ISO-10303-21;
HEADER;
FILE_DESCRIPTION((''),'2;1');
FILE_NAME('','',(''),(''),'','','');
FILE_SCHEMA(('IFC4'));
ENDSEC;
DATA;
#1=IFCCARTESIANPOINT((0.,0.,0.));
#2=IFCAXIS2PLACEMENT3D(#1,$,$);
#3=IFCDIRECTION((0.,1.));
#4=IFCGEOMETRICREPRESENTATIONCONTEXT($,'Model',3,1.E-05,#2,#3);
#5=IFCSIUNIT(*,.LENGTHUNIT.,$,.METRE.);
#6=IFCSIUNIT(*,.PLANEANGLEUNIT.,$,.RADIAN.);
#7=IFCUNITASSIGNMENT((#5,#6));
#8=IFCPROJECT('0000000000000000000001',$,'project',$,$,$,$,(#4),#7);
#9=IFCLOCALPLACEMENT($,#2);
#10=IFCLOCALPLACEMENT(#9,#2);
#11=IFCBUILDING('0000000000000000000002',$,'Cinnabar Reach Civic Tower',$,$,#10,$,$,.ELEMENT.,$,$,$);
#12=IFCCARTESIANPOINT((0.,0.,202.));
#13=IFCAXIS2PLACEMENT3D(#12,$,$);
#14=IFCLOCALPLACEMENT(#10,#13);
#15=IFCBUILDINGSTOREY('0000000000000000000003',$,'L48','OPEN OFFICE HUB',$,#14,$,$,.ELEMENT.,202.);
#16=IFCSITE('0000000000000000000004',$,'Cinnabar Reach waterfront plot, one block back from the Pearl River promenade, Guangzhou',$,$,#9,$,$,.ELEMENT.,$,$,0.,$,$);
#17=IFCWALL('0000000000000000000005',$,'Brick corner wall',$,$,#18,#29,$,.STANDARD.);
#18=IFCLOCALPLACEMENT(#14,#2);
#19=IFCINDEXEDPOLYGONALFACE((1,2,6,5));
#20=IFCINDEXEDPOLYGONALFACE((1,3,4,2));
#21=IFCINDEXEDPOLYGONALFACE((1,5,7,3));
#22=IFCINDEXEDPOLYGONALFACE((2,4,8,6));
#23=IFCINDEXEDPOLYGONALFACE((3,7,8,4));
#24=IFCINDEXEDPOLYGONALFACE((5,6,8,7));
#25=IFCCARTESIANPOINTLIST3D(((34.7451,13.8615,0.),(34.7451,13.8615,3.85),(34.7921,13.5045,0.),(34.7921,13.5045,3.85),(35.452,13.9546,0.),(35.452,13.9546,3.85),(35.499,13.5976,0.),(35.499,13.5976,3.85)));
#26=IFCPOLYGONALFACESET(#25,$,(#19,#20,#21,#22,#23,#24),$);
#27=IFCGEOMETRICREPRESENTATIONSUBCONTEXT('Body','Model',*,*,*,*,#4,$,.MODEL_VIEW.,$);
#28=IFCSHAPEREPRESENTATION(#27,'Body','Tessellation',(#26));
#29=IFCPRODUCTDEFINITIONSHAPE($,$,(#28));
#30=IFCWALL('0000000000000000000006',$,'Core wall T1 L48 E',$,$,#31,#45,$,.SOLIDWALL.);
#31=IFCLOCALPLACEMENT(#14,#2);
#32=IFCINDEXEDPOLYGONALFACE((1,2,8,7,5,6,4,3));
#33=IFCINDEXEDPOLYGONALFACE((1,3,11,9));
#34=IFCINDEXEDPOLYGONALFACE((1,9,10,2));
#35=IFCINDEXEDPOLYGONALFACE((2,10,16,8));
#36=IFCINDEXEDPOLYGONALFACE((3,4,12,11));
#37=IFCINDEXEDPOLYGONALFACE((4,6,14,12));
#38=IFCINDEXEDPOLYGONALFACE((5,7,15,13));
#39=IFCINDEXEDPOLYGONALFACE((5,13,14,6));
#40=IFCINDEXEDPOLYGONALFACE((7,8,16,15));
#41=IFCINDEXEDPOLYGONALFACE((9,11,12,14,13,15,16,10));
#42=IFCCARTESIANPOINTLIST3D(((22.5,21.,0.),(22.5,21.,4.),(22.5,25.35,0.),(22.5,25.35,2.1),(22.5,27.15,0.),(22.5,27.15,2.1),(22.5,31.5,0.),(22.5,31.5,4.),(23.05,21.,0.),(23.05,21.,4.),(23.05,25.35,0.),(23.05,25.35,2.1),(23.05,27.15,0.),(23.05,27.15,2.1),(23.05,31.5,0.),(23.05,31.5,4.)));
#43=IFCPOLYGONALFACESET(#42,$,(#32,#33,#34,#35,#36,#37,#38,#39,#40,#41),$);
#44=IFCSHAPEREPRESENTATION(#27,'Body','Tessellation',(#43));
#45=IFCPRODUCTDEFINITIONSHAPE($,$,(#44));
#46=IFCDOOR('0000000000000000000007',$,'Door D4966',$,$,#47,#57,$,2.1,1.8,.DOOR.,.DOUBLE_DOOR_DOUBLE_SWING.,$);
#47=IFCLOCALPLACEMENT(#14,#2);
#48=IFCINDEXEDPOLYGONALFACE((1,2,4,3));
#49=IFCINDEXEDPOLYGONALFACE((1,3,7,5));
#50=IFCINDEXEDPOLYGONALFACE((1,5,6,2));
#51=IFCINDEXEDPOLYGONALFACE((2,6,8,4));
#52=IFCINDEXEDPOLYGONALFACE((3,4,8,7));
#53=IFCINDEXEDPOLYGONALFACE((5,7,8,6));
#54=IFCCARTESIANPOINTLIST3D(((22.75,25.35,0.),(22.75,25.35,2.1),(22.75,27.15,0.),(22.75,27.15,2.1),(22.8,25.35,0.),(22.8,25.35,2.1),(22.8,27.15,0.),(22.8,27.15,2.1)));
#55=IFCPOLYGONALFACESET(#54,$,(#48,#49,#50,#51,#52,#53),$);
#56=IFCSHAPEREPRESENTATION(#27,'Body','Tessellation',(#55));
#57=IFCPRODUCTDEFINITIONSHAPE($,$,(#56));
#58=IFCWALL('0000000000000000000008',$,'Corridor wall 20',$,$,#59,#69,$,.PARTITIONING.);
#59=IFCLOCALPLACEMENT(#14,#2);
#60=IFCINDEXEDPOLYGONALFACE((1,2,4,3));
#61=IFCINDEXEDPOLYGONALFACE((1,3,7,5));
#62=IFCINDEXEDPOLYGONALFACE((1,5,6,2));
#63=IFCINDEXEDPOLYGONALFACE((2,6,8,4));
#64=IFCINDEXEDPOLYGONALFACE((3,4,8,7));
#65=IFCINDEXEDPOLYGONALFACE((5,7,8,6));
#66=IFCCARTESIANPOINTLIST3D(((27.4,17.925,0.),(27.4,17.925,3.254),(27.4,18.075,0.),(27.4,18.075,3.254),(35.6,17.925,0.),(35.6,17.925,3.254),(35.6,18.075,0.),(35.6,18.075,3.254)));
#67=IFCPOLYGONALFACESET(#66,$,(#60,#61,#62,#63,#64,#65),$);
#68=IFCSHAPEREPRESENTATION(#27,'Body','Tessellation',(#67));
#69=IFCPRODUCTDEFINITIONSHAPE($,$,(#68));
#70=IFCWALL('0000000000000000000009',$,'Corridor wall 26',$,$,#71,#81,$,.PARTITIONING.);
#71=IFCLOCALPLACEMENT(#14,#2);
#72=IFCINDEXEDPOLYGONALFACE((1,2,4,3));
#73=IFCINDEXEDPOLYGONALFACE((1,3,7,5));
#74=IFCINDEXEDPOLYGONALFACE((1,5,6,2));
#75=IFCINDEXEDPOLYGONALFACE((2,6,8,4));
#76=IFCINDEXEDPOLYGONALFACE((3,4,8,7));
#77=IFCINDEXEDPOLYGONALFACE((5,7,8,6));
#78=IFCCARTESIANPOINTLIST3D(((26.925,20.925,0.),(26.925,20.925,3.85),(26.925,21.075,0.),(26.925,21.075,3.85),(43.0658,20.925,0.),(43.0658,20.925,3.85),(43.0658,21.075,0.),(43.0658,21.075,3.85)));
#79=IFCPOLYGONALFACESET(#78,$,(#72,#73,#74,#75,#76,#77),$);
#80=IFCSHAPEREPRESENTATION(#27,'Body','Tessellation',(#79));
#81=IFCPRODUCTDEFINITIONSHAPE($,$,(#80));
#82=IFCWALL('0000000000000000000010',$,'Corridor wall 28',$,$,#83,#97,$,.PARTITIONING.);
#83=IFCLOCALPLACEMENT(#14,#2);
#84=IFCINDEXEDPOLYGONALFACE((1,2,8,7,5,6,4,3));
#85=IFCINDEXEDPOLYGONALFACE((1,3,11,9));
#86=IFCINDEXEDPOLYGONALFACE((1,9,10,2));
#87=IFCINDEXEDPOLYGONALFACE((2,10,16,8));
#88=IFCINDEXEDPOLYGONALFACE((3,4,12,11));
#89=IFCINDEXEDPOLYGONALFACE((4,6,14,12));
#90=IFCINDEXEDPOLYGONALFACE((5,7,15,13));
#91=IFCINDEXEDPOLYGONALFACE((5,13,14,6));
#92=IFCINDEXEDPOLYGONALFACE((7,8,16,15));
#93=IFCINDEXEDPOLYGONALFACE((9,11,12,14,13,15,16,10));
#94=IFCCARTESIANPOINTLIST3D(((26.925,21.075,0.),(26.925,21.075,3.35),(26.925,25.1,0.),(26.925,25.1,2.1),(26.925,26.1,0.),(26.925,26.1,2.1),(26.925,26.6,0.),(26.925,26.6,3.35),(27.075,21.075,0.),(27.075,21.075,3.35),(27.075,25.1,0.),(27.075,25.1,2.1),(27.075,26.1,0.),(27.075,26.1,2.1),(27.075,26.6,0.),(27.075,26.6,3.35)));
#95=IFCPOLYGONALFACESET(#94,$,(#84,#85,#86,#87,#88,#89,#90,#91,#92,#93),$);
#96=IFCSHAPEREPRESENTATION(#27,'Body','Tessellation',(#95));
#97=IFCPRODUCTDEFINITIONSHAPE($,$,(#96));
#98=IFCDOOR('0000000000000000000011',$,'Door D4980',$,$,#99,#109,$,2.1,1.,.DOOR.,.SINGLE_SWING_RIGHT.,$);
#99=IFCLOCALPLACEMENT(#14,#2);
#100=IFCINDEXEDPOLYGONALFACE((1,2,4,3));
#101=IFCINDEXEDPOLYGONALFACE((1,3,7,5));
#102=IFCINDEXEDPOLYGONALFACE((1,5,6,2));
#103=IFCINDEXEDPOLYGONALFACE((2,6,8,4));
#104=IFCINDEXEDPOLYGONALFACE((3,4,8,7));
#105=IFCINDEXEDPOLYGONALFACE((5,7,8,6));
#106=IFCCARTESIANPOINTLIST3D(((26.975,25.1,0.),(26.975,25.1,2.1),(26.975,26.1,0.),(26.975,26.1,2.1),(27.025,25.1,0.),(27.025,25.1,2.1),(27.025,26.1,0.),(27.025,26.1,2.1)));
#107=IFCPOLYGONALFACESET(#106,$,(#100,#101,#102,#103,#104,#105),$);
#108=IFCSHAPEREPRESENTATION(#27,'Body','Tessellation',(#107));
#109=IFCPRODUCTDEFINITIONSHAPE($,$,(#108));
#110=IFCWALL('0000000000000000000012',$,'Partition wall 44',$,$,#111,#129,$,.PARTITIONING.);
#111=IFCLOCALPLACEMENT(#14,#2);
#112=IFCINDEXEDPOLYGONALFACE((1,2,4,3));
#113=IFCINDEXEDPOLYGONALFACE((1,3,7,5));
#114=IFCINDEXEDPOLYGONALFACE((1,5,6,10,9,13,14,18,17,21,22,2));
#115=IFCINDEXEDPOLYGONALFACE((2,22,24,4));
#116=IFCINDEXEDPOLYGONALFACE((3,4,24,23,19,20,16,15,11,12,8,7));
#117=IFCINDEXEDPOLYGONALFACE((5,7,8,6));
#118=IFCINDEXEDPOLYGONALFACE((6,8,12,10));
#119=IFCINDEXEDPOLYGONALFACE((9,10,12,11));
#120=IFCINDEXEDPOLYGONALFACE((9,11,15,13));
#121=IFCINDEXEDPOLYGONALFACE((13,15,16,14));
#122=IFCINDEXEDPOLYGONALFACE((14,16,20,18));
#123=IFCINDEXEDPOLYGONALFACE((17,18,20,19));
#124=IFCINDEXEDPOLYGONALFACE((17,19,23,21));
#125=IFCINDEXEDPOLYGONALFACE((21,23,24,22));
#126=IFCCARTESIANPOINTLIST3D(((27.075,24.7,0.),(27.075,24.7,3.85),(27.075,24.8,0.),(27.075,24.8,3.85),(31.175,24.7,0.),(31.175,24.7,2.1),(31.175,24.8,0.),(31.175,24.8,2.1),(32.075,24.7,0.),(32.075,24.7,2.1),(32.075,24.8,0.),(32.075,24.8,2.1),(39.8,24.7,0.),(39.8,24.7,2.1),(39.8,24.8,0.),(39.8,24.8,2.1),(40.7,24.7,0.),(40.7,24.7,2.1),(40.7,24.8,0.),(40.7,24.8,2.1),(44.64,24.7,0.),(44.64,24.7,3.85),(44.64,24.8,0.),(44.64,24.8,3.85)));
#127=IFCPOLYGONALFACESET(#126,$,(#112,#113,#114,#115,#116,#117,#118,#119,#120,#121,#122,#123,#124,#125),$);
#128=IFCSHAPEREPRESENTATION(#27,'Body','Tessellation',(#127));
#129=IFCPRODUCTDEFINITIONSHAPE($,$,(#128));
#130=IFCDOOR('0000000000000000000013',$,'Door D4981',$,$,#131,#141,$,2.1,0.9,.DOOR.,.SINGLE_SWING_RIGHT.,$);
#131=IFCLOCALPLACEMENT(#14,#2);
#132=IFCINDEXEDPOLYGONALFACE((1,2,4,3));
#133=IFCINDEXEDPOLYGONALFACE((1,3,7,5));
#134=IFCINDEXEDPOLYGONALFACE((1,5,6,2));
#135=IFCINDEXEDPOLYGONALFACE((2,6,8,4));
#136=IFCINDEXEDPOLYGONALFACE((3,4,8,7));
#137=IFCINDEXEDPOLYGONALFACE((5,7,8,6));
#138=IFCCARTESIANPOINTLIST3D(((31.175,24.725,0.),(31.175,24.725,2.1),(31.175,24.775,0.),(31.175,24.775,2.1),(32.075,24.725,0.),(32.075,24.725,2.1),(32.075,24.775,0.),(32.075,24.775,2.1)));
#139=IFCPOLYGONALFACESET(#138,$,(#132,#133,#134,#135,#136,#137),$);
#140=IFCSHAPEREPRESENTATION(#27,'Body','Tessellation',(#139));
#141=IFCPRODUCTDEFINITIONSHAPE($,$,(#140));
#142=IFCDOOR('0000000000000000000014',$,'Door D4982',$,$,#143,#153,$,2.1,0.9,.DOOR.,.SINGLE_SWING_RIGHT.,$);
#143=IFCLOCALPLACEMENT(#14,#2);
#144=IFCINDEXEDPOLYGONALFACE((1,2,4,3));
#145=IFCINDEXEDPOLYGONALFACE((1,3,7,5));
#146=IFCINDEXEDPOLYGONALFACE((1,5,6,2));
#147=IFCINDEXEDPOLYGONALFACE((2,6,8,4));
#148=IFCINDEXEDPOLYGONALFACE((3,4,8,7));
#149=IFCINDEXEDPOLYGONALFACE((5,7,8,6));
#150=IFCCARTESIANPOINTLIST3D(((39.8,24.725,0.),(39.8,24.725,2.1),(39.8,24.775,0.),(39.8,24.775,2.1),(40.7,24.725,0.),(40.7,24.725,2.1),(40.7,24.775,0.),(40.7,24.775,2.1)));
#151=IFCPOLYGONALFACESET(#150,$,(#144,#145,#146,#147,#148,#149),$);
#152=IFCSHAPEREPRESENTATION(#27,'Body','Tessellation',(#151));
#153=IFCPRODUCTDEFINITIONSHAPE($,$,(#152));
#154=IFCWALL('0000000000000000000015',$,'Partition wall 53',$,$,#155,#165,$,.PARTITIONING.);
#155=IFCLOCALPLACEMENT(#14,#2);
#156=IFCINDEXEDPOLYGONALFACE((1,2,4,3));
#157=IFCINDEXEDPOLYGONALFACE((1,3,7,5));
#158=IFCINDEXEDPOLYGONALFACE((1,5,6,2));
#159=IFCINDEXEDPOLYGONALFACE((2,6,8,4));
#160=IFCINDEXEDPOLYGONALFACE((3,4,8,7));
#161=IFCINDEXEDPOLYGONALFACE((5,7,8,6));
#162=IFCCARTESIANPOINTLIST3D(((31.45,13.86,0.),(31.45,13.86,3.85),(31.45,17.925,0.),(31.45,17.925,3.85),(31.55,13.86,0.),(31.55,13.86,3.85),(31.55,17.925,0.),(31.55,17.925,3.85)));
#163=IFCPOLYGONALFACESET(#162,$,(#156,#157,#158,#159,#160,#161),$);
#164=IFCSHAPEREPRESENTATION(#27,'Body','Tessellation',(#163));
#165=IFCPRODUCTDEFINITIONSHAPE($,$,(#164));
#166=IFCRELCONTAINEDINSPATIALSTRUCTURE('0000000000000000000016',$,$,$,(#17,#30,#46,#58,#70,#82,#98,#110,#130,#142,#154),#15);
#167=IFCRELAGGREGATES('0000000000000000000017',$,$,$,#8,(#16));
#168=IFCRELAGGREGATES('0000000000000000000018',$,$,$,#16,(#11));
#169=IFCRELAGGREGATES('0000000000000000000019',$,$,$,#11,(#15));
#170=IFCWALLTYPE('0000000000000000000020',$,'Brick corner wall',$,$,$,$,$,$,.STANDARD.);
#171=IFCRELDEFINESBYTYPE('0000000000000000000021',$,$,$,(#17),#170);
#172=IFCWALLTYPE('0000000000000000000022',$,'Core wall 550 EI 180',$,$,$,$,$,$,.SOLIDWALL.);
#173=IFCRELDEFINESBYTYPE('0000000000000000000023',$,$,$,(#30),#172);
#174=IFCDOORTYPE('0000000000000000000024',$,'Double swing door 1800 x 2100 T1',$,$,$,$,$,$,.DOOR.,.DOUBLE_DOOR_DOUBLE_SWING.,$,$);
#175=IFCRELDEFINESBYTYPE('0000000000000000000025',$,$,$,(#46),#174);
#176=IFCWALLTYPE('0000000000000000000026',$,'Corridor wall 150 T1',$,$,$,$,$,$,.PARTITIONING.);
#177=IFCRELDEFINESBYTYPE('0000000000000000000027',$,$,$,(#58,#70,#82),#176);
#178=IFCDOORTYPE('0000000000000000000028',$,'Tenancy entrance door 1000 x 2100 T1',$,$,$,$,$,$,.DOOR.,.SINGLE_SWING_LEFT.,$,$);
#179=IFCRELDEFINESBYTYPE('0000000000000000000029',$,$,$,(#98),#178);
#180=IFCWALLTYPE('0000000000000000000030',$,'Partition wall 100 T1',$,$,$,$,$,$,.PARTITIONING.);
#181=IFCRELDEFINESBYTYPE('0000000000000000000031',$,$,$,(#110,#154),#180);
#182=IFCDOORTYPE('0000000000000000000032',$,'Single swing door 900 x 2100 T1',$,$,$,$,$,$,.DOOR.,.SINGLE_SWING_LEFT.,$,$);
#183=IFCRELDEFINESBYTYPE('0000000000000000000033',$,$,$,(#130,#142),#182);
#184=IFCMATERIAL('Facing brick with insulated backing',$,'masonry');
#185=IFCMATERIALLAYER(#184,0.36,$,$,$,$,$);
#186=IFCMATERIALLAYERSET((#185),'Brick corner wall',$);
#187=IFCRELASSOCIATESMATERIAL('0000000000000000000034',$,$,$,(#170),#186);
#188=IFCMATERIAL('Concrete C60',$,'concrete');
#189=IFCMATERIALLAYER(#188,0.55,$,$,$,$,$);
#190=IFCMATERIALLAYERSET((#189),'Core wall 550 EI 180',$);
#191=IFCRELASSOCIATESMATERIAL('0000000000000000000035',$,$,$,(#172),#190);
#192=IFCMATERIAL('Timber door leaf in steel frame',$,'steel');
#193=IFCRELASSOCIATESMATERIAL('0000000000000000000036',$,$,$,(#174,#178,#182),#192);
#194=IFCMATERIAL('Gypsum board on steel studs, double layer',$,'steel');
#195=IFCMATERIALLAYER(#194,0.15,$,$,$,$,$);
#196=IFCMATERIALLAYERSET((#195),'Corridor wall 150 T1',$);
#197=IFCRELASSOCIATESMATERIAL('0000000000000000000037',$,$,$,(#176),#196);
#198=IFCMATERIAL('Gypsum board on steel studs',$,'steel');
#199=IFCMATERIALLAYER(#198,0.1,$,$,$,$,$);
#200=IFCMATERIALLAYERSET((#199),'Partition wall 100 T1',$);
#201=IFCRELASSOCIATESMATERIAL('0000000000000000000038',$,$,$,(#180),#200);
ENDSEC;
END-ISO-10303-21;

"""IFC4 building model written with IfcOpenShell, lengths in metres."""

from ifc_helpers import new_model, si_unit, direction, frame, frame_2d, origin, place, context, subcontext, project, spatial, rectangle, extrude, material, layer, layer_set, type_object, element, fill, save


model = new_model("IFC4")

# Units and contexts
model_context = context("Model", 3, precision=1e-05, world=origin(), true_north=direction((0.0, 1.0)))
body_context = subcontext(model_context, "Body", "Model", "MODEL_VIEW")
ifc_project = project(units=[si_unit("LENGTHUNIT", "METRE"), si_unit("PLANEANGLEUNIT", "RADIAN")], contexts=[model_context])

# Site, building, storey
site_placement = place(None, origin())
site = spatial("IfcSite", under=ifc_project, at=site_placement, Name="Cinnabar Reach waterfront plot, one block back from the Pearl River promenade, Guangzhou", CompositionType="ELEMENT", RefElevation=0.0)
building_placement = place(site_placement, origin())
building = spatial("IfcBuilding", under=site, at=building_placement, Name="Cinnabar Reach Civic Tower", CompositionType="ELEMENT")
storey_placement = place(building_placement, frame((0.0, 0.0, 202.0)))
storey = spatial("IfcBuildingStorey", under=building, at=storey_placement, Name="L48", Description="OPEN OFFICE HUB", CompositionType="ELEMENT", Elevation=202.0)

# Shared definitions
ifc_material_1 = material(Name="Concrete C60", Category="concrete")

# Wall
ifc_material_2 = material(Name="Facing brick with insulated backing", Category="masonry")
ifc_layer_1 = layer(ifc_material_2, 0.36)
ifc_layer_set_1 = layer_set([ifc_layer_1], Name="Brick corner wall")
wall_type_1 = type_object("IfcWallType", Name="Brick corner wall", PredefinedType="STANDARD", material=ifc_layer_set_1)
wall_1_placement = place(storey_placement, frame((34.7686, 13.683, 0.0), z_axis=(0.0, 0.0, 1.0), x_axis=(0.991441, 0.130556, 0.0)))
element("IfcWall", 1, at=wall_1_placement, inside=storey, type_object=wall_type_1, Name="Brick corner wall", PredefinedType="STANDARD", context=body_context, shape_type="SweptSolid", body=[
    extrude(rectangle(XDim=0.7131, YDim=0.36, at=frame_2d((0.3565, 0.0))), origin(), (0.0, 0.0, 1.0), 3.85),
])

# Wall, opening, door
ifc_layer_2 = layer(ifc_material_1, 0.55)
ifc_layer_set_2 = layer_set([ifc_layer_2], Name="Core wall 550 EI 180")
wall_type_2 = type_object("IfcWallType", Name="Core wall 550 EI 180", PredefinedType="SOLIDWALL", material=ifc_layer_set_2)
wall_2_placement = place(storey_placement, frame((22.775, 21.0, 0.0), z_axis=(0.0, 0.0, 1.0), x_axis=(0.0, 1.0, 0.0)))
wall_2 = element("IfcWall", 2, at=wall_2_placement, inside=storey, type_object=wall_type_2, Name="Core wall T1 L48 E", PredefinedType="SOLIDWALL", context=body_context, shape_type="SweptSolid", body=[
    extrude(rectangle(XDim=10.5, YDim=0.55, at=frame_2d((5.25, 0.0))), origin(), (0.0, 0.0, 1.0), 4.0),
])
opening_1_placement = place(wall_2_placement, frame((4.35, 0.0, 0.0)))
opening_1 = element("IfcOpeningElement", 3, at=opening_1_placement, cuts=wall_2, PredefinedType="OPENING", context=body_context, shape_type="SweptSolid", body=[
    extrude(rectangle(XDim=1.8, YDim=2.1, at=frame_2d((0.9, 1.05))), frame((0.0, 0.285, 0.0), z_axis=(0.0, -1.0, 0.0), x_axis=(1.0, 0.0, 0.0)), (0.0, 0.0, 1.0), 0.57),
])
ifc_material_3 = material(Name="Timber door leaf in steel frame", Category="steel")
door_type_1 = type_object("IfcDoorType", Name="Double swing door 1800 x 2100 T1", OperationType="DOUBLE_DOOR_DOUBLE_SWING", PredefinedType="DOOR", material=ifc_material_3)
door_1_placement = place(opening_1_placement, origin())
door_1 = element("IfcDoor", 4, at=door_1_placement, inside=storey, type_object=door_type_1, Name="Door D4966", OperationType="DOUBLE_DOOR_DOUBLE_SWING", OverallHeight=2.1, OverallWidth=1.8, PredefinedType="DOOR", context=body_context, shape_type="SweptSolid", body=[
    extrude(rectangle(XDim=1.8, YDim=2.1, at=frame_2d((0.9, 1.05))), frame((0.0, 0.025, 0.0), z_axis=(0.0, -1.0, 0.0), x_axis=(1.0, 0.0, 0.0)), (0.0, 0.0, 1.0), 0.05),
])
fill(opening_1, door_1)

# Walls
ifc_material_4 = material(Name="Gypsum board on steel studs, double layer", Category="steel")
ifc_layer_3 = layer(ifc_material_4, 0.15)
ifc_layer_set_3 = layer_set([ifc_layer_3], Name="Corridor wall 150 T1")
wall_type_3 = type_object("IfcWallType", Name="Corridor wall 150 T1", PredefinedType="PARTITIONING", material=ifc_layer_set_3)
wall_3_placement = place(storey_placement, frame((27.4, 18.0, 0.0), z_axis=(0.0, 0.0, 1.0), x_axis=(1.0, 0.0, 0.0)))
element("IfcWall", 5, at=wall_3_placement, inside=storey, type_object=wall_type_3, Name="Corridor wall 20", PredefinedType="PARTITIONING", context=body_context, shape_type="SweptSolid", body=[
    extrude(rectangle(XDim=8.2, YDim=0.15, at=frame_2d((4.1, 0.0))), origin(), (0.0, 0.0, 1.0), 3.254),
])
wall_4_placement = place(storey_placement, frame((26.925, 21.0, 0.0), z_axis=(0.0, 0.0, 1.0), x_axis=(1.0, 0.0, 0.0)))
element("IfcWall", 6, at=wall_4_placement, inside=storey, type_object=wall_type_3, Name="Corridor wall 26", PredefinedType="PARTITIONING", context=body_context, shape_type="SweptSolid", body=[
    extrude(rectangle(XDim=16.1409, YDim=0.15, at=frame_2d((8.0704, 0.0))), origin(), (0.0, 0.0, 1.0), 3.85),
])

# Wall, opening, door
wall_5_placement = place(storey_placement, frame((27.0, 21.075, 0.0), z_axis=(0.0, 0.0, 1.0), x_axis=(0.0, 1.0, 0.0)))
wall_5 = element("IfcWall", 7, at=wall_5_placement, inside=storey, type_object=wall_type_3, Name="Corridor wall 28", PredefinedType="PARTITIONING", context=body_context, shape_type="SweptSolid", body=[
    extrude(rectangle(XDim=5.525, YDim=0.15, at=frame_2d((2.7625, 0.0))), origin(), (0.0, 0.0, 1.0), 3.35),
])
opening_2_placement = place(wall_5_placement, frame((4.025, 0.0, 0.0)))
opening_2 = element("IfcOpeningElement", 8, at=opening_2_placement, cuts=wall_5, PredefinedType="OPENING", context=body_context, shape_type="SweptSolid", body=[
    extrude(rectangle(XDim=1.0, YDim=2.1, at=frame_2d((0.5, 1.05))), frame((0.0, 0.085, 0.0), z_axis=(0.0, -1.0, 0.0), x_axis=(1.0, 0.0, 0.0)), (0.0, 0.0, 1.0), 0.17),
])
door_type_2 = type_object("IfcDoorType", Name="Tenancy entrance door 1000 x 2100 T1", OperationType="SINGLE_SWING_LEFT", PredefinedType="DOOR", material=ifc_material_3)
door_2_placement = place(opening_2_placement, frame((1.0, 0.0, 0.0), z_axis=(0.0, 0.0, 1.0), x_axis=(-1.0, 0.0, 0.0)))
door_2 = element("IfcDoor", 9, at=door_2_placement, inside=storey, type_object=door_type_2, Name="Door D4980", OperationType="SINGLE_SWING_RIGHT", OverallHeight=2.1, OverallWidth=1.0, PredefinedType="DOOR", context=body_context, shape_type="SweptSolid", body=[
    extrude(rectangle(XDim=1.0, YDim=2.1, at=frame_2d((0.5, 1.05))), frame((0.0, 0.025, 0.0), z_axis=(0.0, -1.0, 0.0), x_axis=(1.0, 0.0, 0.0)), (0.0, 0.0, 1.0), 0.05),
])
fill(opening_2, door_2)

# Wall, openings, doors
ifc_material_5 = material(Name="Gypsum board on steel studs", Category="steel")
ifc_layer_4 = layer(ifc_material_5, 0.1)
ifc_layer_set_4 = layer_set([ifc_layer_4], Name="Partition wall 100 T1")
wall_type_4 = type_object("IfcWallType", Name="Partition wall 100 T1", PredefinedType="PARTITIONING", material=ifc_layer_set_4)
wall_6_placement = place(storey_placement, frame((27.075, 24.75, 0.0), z_axis=(0.0, 0.0, 1.0), x_axis=(1.0, 0.0, 0.0)))
wall_6 = element("IfcWall", 10, at=wall_6_placement, inside=storey, type_object=wall_type_4, Name="Partition wall 44", PredefinedType="PARTITIONING", context=body_context, shape_type="SweptSolid", body=[
    extrude(rectangle(XDim=17.565, YDim=0.1, at=frame_2d((8.7825, 0.0))), origin(), (0.0, 0.0, 1.0), 3.85),
])
opening_3_placement = place(wall_6_placement, frame((4.1, 0.0, 0.0)))
opening_3 = element("IfcOpeningElement", 11, at=opening_3_placement, cuts=wall_6, PredefinedType="OPENING", context=body_context, shape_type="SweptSolid", body=[
    extrude(rectangle(XDim=0.9, YDim=2.1, at=frame_2d((0.45, 1.05))), frame((0.0, 0.06, 0.0), z_axis=(0.0, -1.0, 0.0), x_axis=(1.0, 0.0, 0.0)), (0.0, 0.0, 1.0), 0.12),
])
opening_4_placement = place(wall_6_placement, frame((12.725, 0.0, 0.0)))
opening_4 = element("IfcOpeningElement", 12, at=opening_4_placement, cuts=wall_6, PredefinedType="OPENING", context=body_context, shape_type="SweptSolid", body=[
    extrude(rectangle(XDim=0.9, YDim=2.1, at=frame_2d((0.45, 1.05))), frame((0.0, 0.06, 0.0), z_axis=(0.0, -1.0, 0.0), x_axis=(1.0, 0.0, 0.0)), (0.0, 0.0, 1.0), 0.12),
])
door_type_3 = type_object("IfcDoorType", Name="Single swing door 900 x 2100 T1", OperationType="SINGLE_SWING_LEFT", PredefinedType="DOOR", material=ifc_material_3)
door_3_placement = place(opening_3_placement, frame((0.9, 0.0, 0.0), z_axis=(0.0, 0.0, 1.0), x_axis=(-1.0, 0.0, 0.0)))
door_3 = element("IfcDoor", 13, at=door_3_placement, inside=storey, type_object=door_type_3, Name="Door D4981", OperationType="SINGLE_SWING_RIGHT", OverallHeight=2.1, OverallWidth=0.9, PredefinedType="DOOR", context=body_context, shape_type="SweptSolid", body=[
    extrude(rectangle(XDim=0.9, YDim=2.1, at=frame_2d((0.45, 1.05))), frame((0.0, 0.025, 0.0), z_axis=(0.0, -1.0, 0.0), x_axis=(1.0, 0.0, 0.0)), (0.0, 0.0, 1.0), 0.05),
])
fill(opening_3, door_3)
door_4_placement = place(opening_4_placement, frame((0.9, 0.0, 0.0), z_axis=(0.0, 0.0, 1.0), x_axis=(-1.0, 0.0, 0.0)))
door_4 = element("IfcDoor", 14, at=door_4_placement, inside=storey, type_object=door_type_3, Name="Door D4982", OperationType="SINGLE_SWING_RIGHT", OverallHeight=2.1, OverallWidth=0.9, PredefinedType="DOOR", context=body_context, shape_type="SweptSolid", body=[
    extrude(rectangle(XDim=0.9, YDim=2.1, at=frame_2d((0.45, 1.05))), frame((0.0, 0.025, 0.0), z_axis=(0.0, -1.0, 0.0), x_axis=(1.0, 0.0, 0.0)), (0.0, 0.0, 1.0), 0.05),
])
fill(opening_4, door_4)

# Wall
wall_7_placement = place(storey_placement, frame((31.5, 13.86, 0.0), z_axis=(0.0, 0.0, 1.0), x_axis=(0.0, 1.0, 0.0)))
element("IfcWall", 15, at=wall_7_placement, inside=storey, type_object=wall_type_4, Name="Partition wall 53", PredefinedType="PARTITIONING", context=body_context, shape_type="SweptSolid", body=[
    extrude(rectangle(XDim=4.065, YDim=0.1, at=frame_2d((2.0325, 0.0))), origin(), (0.0, 0.0, 1.0), 3.85),
])

save(model, "model.ifc")
